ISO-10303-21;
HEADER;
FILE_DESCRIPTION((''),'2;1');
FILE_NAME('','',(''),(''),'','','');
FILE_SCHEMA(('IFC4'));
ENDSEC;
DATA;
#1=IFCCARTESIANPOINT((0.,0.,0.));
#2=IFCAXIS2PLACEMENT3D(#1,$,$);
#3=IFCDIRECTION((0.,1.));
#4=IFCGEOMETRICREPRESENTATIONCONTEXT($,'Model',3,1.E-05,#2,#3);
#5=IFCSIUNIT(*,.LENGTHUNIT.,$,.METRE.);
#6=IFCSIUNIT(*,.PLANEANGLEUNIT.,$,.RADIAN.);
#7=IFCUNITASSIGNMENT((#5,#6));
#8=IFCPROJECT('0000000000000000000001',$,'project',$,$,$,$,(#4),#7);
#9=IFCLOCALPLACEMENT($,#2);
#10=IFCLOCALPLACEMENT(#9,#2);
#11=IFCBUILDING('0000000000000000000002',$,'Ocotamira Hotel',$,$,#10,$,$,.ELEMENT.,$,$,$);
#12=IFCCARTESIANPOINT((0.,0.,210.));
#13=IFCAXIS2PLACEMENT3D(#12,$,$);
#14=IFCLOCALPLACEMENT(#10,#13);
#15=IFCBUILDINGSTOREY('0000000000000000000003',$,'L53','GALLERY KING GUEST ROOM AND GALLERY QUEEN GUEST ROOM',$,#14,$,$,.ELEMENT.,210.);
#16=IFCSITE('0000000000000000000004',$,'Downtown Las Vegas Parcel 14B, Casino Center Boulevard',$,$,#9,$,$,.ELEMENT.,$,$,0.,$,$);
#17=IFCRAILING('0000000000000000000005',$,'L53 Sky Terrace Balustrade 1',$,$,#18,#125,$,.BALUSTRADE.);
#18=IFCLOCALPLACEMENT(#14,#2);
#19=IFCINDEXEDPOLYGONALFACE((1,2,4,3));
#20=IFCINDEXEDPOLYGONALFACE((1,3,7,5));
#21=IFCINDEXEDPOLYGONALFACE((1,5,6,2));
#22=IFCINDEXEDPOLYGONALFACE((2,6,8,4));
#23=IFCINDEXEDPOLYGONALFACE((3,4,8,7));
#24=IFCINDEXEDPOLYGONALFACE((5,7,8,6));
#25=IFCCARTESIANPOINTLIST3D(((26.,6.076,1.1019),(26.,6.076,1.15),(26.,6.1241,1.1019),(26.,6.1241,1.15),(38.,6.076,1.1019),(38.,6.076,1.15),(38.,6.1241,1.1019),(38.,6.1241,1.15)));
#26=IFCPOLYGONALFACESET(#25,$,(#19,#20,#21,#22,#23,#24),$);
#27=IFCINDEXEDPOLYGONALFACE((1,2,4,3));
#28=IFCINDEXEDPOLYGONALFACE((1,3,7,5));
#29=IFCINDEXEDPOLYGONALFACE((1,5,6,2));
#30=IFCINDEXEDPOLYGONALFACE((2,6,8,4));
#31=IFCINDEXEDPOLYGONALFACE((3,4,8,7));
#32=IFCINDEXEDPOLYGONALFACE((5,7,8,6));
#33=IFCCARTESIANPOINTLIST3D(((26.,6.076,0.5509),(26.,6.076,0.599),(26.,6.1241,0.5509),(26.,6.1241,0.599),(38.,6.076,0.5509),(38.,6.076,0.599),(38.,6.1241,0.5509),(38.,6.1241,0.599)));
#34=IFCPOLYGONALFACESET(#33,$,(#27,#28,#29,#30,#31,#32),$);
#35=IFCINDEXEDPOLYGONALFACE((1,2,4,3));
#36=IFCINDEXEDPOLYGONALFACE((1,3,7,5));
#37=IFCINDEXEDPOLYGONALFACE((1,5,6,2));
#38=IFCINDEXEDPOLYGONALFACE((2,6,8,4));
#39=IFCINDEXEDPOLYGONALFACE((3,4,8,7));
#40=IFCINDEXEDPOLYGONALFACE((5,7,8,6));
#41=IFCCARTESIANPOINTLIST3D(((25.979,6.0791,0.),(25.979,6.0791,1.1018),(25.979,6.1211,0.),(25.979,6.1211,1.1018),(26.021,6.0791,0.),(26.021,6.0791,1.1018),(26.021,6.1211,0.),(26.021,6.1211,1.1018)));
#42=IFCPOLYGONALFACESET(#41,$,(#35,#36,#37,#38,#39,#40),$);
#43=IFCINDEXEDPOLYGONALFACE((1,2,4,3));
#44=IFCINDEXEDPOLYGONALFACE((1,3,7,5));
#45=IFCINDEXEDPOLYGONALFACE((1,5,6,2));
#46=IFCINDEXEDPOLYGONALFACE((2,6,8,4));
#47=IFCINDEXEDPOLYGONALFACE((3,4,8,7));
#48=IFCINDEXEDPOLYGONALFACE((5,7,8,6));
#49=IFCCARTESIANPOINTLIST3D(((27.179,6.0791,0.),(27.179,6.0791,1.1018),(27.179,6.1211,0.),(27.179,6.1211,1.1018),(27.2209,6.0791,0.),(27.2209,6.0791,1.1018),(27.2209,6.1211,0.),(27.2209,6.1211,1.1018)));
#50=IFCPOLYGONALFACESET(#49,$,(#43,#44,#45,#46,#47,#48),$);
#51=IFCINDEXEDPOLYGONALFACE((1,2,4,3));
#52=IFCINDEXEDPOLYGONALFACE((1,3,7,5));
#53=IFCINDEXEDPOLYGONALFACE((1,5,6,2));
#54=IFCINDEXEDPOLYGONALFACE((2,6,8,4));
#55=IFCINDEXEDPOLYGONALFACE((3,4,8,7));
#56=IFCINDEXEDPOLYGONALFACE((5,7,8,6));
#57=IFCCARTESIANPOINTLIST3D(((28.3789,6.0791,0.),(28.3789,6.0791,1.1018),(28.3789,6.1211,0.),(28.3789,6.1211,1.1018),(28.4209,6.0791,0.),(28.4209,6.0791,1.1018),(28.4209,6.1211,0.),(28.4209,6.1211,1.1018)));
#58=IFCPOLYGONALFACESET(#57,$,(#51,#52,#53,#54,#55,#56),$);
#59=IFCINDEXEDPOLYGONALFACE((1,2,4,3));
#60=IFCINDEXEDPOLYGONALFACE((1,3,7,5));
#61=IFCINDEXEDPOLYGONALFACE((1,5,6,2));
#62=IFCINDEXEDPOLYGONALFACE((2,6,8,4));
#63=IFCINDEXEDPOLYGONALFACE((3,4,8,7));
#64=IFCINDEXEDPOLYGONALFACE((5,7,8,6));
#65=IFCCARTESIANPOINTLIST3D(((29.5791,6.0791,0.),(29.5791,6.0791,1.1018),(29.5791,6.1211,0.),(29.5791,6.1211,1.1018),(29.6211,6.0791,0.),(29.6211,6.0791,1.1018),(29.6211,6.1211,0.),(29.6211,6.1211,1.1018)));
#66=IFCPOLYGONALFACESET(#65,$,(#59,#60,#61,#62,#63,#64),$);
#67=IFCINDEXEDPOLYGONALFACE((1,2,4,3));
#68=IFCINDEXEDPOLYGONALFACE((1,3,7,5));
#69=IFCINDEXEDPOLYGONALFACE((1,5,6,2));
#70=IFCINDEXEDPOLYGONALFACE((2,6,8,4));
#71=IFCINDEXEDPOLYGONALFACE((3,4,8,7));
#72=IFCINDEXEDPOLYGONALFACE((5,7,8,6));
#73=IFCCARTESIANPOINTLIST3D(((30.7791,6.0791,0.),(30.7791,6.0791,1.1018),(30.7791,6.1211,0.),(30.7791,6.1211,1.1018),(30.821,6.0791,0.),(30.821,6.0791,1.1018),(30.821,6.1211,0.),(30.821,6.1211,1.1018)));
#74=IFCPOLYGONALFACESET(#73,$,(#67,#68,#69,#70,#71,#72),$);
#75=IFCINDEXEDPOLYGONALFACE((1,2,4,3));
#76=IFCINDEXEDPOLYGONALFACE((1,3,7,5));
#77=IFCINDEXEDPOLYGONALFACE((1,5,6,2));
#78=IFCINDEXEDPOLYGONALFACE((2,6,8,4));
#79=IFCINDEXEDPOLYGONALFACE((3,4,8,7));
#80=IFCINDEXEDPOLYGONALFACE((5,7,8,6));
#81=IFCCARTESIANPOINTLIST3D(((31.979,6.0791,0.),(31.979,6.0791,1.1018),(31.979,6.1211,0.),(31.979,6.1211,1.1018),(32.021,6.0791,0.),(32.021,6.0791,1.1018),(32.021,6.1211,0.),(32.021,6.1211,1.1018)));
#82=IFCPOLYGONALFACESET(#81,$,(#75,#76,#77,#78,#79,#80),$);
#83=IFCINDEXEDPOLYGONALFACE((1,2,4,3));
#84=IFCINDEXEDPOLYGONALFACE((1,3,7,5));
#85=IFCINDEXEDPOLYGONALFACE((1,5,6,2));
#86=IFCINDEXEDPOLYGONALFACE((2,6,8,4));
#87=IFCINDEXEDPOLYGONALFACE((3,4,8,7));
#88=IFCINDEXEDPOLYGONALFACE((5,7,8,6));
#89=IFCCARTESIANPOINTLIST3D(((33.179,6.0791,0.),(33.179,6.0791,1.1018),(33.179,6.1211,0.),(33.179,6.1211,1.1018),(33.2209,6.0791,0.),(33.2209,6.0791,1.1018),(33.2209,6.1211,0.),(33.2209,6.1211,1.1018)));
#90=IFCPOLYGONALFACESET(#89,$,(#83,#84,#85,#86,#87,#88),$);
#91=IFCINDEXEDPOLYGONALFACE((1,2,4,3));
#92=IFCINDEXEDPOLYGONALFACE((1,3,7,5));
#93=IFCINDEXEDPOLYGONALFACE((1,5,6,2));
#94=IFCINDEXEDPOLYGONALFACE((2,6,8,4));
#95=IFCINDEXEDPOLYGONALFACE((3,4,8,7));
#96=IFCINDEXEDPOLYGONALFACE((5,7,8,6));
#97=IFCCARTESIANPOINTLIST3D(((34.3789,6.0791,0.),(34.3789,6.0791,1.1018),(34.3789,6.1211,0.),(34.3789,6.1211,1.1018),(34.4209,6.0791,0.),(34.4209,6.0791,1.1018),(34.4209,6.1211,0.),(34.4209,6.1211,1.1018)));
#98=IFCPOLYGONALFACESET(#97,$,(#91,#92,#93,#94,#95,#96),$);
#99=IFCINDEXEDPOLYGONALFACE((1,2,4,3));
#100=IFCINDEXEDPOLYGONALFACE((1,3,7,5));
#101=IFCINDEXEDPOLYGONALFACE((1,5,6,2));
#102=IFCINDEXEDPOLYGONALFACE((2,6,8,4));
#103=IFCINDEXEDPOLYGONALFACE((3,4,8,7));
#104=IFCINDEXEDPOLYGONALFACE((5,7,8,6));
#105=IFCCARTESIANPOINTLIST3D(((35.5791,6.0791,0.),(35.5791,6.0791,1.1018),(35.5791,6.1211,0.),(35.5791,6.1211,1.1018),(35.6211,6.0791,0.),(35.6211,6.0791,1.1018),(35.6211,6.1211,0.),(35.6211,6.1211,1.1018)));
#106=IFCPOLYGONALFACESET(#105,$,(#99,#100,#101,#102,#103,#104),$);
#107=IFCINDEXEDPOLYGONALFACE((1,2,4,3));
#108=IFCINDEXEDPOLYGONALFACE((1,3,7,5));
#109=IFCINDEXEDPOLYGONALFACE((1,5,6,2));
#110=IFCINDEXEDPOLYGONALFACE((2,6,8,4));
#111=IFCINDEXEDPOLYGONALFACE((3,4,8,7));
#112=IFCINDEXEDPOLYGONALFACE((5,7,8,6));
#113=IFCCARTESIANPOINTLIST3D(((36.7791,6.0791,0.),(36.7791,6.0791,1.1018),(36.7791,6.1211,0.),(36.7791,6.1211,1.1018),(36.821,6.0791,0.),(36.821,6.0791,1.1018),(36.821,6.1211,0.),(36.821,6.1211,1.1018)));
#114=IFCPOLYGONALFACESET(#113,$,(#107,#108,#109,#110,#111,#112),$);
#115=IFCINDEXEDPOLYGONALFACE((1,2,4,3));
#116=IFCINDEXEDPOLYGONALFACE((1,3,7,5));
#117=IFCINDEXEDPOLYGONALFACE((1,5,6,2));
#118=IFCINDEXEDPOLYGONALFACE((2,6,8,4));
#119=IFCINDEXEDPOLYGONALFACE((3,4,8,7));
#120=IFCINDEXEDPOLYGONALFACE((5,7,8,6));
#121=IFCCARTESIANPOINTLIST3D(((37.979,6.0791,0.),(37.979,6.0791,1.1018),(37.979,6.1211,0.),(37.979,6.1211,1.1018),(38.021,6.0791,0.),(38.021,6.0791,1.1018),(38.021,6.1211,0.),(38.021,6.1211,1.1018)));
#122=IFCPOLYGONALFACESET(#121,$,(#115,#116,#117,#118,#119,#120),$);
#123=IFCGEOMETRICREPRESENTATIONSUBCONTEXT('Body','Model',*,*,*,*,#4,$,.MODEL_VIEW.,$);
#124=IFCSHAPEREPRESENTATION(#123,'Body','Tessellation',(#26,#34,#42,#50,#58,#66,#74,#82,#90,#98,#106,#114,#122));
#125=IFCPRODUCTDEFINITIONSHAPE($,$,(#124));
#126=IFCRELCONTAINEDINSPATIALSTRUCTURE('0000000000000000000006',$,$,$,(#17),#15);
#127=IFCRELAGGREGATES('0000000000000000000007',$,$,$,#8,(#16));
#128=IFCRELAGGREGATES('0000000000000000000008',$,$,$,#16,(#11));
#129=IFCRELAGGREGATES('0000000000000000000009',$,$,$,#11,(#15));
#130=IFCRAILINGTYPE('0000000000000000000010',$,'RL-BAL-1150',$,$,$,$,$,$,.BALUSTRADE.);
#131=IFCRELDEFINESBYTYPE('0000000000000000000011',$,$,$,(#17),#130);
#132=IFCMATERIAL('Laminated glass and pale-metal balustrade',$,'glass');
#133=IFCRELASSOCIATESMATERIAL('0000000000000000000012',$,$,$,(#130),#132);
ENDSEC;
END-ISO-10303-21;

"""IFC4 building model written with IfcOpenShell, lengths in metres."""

from ifc_helpers import new_model, si_unit, direction, frame, origin, origin_2d, place, context, subcontext, project, spatial, rectangle, extrude, material, type_object, element, save


model = new_model("IFC4")

# Units and contexts
model_context = context("Model", 3, precision=1e-05, world=origin(), true_north=direction((0.0, 1.0)))
body_context = subcontext(model_context, "Body", "Model", "MODEL_VIEW")
ifc_project = project(units=[si_unit("LENGTHUNIT", "METRE"), si_unit("PLANEANGLEUNIT", "RADIAN")], contexts=[model_context])

# Site, building, storey
site_placement = place(None, origin())
site = spatial("IfcSite", under=ifc_project, at=site_placement, Name="Downtown Las Vegas Parcel 14B, Casino Center Boulevard", CompositionType="ELEMENT", RefElevation=0.0)
building_placement = place(site_placement, origin())
building = spatial("IfcBuilding", under=site, at=building_placement, Name="Ocotamira Hotel", CompositionType="ELEMENT")
storey_placement = place(building_placement, frame((0.0, 0.0, 210.0)))
storey = spatial("IfcBuildingStorey", under=building, at=storey_placement, Name="L53", Description="GALLERY KING GUEST ROOM AND GALLERY QUEEN GUEST ROOM", CompositionType="ELEMENT", Elevation=210.0)

# Railing
ifc_material_1 = material(Name="Laminated glass and pale-metal balustrade", Category="glass")
railing_type = type_object("IfcRailingType", Name="RL-BAL-1150", PredefinedType="BALUSTRADE", material=ifc_material_1)
railing_placement = place(storey_placement, frame((26.0, 6.1001, 0.0)))
element("IfcRailing", 1, at=railing_placement, inside=storey, type_object=railing_type, Name="L53 Sky Terrace Balustrade 1", PredefinedType="BALUSTRADE", context=body_context, shape_type="SweptSolid", body=[
    extrude(rectangle(XDim=0.0481, YDim=0.0481, at=origin_2d()), frame((0.0, 0.0, 1.126), z_axis=(1.0, 0.0, 0.0), x_axis=(0.0, 1.0, 0.0)), (0.0, 0.0, 1.0), 12.0),
    extrude(rectangle(XDim=0.0481, YDim=0.0481, at=origin_2d()), frame((0.0, 0.0, 0.575), z_axis=(1.0, 0.0, 0.0), x_axis=(0.0, 1.0, 0.0)), (0.0, 0.0, 1.0), 12.0),
    extrude(rectangle(XDim=0.042, YDim=0.042, at=origin_2d()), origin(), (0.0, 0.0, 1.0), 1.1018),
    extrude(rectangle(XDim=0.042, YDim=0.042, at=origin_2d()), frame((1.2, 0.0, 0.0)), (0.0, 0.0, 1.0), 1.1018),
    extrude(rectangle(XDim=0.042, YDim=0.042, at=origin_2d()), frame((2.3999, 0.0, 0.0)), (0.0, 0.0, 1.0), 1.1018),
    extrude(rectangle(XDim=0.042, YDim=0.042, at=origin_2d()), frame((3.6001, 0.0, 0.0)), (0.0, 0.0, 1.0), 1.1018),
    extrude(rectangle(XDim=0.042, YDim=0.042, at=origin_2d()), frame((4.8, 0.0, 0.0)), (0.0, 0.0, 1.0), 1.1018),
    extrude(rectangle(XDim=0.042, YDim=0.042, at=origin_2d()), frame((6.0, 0.0, 0.0)), (0.0, 0.0, 1.0), 1.1018),
    extrude(rectangle(XDim=0.042, YDim=0.042, at=origin_2d()), frame((7.2, 0.0, 0.0)), (0.0, 0.0, 1.0), 1.1018),
    extrude(rectangle(XDim=0.042, YDim=0.042, at=origin_2d()), frame((8.3999, 0.0, 0.0)), (0.0, 0.0, 1.0), 1.1018),
    extrude(rectangle(XDim=0.042, YDim=0.042, at=origin_2d()), frame((9.6001, 0.0, 0.0)), (0.0, 0.0, 1.0), 1.1018),
    extrude(rectangle(XDim=0.042, YDim=0.042, at=origin_2d()), frame((10.8, 0.0, 0.0)), (0.0, 0.0, 1.0), 1.1018),
    extrude(rectangle(XDim=0.042, YDim=0.042, at=origin_2d()), frame((12.0, 0.0, 0.0)), (0.0, 0.0, 1.0), 1.1018),
])

save(model, "model.ifc")
